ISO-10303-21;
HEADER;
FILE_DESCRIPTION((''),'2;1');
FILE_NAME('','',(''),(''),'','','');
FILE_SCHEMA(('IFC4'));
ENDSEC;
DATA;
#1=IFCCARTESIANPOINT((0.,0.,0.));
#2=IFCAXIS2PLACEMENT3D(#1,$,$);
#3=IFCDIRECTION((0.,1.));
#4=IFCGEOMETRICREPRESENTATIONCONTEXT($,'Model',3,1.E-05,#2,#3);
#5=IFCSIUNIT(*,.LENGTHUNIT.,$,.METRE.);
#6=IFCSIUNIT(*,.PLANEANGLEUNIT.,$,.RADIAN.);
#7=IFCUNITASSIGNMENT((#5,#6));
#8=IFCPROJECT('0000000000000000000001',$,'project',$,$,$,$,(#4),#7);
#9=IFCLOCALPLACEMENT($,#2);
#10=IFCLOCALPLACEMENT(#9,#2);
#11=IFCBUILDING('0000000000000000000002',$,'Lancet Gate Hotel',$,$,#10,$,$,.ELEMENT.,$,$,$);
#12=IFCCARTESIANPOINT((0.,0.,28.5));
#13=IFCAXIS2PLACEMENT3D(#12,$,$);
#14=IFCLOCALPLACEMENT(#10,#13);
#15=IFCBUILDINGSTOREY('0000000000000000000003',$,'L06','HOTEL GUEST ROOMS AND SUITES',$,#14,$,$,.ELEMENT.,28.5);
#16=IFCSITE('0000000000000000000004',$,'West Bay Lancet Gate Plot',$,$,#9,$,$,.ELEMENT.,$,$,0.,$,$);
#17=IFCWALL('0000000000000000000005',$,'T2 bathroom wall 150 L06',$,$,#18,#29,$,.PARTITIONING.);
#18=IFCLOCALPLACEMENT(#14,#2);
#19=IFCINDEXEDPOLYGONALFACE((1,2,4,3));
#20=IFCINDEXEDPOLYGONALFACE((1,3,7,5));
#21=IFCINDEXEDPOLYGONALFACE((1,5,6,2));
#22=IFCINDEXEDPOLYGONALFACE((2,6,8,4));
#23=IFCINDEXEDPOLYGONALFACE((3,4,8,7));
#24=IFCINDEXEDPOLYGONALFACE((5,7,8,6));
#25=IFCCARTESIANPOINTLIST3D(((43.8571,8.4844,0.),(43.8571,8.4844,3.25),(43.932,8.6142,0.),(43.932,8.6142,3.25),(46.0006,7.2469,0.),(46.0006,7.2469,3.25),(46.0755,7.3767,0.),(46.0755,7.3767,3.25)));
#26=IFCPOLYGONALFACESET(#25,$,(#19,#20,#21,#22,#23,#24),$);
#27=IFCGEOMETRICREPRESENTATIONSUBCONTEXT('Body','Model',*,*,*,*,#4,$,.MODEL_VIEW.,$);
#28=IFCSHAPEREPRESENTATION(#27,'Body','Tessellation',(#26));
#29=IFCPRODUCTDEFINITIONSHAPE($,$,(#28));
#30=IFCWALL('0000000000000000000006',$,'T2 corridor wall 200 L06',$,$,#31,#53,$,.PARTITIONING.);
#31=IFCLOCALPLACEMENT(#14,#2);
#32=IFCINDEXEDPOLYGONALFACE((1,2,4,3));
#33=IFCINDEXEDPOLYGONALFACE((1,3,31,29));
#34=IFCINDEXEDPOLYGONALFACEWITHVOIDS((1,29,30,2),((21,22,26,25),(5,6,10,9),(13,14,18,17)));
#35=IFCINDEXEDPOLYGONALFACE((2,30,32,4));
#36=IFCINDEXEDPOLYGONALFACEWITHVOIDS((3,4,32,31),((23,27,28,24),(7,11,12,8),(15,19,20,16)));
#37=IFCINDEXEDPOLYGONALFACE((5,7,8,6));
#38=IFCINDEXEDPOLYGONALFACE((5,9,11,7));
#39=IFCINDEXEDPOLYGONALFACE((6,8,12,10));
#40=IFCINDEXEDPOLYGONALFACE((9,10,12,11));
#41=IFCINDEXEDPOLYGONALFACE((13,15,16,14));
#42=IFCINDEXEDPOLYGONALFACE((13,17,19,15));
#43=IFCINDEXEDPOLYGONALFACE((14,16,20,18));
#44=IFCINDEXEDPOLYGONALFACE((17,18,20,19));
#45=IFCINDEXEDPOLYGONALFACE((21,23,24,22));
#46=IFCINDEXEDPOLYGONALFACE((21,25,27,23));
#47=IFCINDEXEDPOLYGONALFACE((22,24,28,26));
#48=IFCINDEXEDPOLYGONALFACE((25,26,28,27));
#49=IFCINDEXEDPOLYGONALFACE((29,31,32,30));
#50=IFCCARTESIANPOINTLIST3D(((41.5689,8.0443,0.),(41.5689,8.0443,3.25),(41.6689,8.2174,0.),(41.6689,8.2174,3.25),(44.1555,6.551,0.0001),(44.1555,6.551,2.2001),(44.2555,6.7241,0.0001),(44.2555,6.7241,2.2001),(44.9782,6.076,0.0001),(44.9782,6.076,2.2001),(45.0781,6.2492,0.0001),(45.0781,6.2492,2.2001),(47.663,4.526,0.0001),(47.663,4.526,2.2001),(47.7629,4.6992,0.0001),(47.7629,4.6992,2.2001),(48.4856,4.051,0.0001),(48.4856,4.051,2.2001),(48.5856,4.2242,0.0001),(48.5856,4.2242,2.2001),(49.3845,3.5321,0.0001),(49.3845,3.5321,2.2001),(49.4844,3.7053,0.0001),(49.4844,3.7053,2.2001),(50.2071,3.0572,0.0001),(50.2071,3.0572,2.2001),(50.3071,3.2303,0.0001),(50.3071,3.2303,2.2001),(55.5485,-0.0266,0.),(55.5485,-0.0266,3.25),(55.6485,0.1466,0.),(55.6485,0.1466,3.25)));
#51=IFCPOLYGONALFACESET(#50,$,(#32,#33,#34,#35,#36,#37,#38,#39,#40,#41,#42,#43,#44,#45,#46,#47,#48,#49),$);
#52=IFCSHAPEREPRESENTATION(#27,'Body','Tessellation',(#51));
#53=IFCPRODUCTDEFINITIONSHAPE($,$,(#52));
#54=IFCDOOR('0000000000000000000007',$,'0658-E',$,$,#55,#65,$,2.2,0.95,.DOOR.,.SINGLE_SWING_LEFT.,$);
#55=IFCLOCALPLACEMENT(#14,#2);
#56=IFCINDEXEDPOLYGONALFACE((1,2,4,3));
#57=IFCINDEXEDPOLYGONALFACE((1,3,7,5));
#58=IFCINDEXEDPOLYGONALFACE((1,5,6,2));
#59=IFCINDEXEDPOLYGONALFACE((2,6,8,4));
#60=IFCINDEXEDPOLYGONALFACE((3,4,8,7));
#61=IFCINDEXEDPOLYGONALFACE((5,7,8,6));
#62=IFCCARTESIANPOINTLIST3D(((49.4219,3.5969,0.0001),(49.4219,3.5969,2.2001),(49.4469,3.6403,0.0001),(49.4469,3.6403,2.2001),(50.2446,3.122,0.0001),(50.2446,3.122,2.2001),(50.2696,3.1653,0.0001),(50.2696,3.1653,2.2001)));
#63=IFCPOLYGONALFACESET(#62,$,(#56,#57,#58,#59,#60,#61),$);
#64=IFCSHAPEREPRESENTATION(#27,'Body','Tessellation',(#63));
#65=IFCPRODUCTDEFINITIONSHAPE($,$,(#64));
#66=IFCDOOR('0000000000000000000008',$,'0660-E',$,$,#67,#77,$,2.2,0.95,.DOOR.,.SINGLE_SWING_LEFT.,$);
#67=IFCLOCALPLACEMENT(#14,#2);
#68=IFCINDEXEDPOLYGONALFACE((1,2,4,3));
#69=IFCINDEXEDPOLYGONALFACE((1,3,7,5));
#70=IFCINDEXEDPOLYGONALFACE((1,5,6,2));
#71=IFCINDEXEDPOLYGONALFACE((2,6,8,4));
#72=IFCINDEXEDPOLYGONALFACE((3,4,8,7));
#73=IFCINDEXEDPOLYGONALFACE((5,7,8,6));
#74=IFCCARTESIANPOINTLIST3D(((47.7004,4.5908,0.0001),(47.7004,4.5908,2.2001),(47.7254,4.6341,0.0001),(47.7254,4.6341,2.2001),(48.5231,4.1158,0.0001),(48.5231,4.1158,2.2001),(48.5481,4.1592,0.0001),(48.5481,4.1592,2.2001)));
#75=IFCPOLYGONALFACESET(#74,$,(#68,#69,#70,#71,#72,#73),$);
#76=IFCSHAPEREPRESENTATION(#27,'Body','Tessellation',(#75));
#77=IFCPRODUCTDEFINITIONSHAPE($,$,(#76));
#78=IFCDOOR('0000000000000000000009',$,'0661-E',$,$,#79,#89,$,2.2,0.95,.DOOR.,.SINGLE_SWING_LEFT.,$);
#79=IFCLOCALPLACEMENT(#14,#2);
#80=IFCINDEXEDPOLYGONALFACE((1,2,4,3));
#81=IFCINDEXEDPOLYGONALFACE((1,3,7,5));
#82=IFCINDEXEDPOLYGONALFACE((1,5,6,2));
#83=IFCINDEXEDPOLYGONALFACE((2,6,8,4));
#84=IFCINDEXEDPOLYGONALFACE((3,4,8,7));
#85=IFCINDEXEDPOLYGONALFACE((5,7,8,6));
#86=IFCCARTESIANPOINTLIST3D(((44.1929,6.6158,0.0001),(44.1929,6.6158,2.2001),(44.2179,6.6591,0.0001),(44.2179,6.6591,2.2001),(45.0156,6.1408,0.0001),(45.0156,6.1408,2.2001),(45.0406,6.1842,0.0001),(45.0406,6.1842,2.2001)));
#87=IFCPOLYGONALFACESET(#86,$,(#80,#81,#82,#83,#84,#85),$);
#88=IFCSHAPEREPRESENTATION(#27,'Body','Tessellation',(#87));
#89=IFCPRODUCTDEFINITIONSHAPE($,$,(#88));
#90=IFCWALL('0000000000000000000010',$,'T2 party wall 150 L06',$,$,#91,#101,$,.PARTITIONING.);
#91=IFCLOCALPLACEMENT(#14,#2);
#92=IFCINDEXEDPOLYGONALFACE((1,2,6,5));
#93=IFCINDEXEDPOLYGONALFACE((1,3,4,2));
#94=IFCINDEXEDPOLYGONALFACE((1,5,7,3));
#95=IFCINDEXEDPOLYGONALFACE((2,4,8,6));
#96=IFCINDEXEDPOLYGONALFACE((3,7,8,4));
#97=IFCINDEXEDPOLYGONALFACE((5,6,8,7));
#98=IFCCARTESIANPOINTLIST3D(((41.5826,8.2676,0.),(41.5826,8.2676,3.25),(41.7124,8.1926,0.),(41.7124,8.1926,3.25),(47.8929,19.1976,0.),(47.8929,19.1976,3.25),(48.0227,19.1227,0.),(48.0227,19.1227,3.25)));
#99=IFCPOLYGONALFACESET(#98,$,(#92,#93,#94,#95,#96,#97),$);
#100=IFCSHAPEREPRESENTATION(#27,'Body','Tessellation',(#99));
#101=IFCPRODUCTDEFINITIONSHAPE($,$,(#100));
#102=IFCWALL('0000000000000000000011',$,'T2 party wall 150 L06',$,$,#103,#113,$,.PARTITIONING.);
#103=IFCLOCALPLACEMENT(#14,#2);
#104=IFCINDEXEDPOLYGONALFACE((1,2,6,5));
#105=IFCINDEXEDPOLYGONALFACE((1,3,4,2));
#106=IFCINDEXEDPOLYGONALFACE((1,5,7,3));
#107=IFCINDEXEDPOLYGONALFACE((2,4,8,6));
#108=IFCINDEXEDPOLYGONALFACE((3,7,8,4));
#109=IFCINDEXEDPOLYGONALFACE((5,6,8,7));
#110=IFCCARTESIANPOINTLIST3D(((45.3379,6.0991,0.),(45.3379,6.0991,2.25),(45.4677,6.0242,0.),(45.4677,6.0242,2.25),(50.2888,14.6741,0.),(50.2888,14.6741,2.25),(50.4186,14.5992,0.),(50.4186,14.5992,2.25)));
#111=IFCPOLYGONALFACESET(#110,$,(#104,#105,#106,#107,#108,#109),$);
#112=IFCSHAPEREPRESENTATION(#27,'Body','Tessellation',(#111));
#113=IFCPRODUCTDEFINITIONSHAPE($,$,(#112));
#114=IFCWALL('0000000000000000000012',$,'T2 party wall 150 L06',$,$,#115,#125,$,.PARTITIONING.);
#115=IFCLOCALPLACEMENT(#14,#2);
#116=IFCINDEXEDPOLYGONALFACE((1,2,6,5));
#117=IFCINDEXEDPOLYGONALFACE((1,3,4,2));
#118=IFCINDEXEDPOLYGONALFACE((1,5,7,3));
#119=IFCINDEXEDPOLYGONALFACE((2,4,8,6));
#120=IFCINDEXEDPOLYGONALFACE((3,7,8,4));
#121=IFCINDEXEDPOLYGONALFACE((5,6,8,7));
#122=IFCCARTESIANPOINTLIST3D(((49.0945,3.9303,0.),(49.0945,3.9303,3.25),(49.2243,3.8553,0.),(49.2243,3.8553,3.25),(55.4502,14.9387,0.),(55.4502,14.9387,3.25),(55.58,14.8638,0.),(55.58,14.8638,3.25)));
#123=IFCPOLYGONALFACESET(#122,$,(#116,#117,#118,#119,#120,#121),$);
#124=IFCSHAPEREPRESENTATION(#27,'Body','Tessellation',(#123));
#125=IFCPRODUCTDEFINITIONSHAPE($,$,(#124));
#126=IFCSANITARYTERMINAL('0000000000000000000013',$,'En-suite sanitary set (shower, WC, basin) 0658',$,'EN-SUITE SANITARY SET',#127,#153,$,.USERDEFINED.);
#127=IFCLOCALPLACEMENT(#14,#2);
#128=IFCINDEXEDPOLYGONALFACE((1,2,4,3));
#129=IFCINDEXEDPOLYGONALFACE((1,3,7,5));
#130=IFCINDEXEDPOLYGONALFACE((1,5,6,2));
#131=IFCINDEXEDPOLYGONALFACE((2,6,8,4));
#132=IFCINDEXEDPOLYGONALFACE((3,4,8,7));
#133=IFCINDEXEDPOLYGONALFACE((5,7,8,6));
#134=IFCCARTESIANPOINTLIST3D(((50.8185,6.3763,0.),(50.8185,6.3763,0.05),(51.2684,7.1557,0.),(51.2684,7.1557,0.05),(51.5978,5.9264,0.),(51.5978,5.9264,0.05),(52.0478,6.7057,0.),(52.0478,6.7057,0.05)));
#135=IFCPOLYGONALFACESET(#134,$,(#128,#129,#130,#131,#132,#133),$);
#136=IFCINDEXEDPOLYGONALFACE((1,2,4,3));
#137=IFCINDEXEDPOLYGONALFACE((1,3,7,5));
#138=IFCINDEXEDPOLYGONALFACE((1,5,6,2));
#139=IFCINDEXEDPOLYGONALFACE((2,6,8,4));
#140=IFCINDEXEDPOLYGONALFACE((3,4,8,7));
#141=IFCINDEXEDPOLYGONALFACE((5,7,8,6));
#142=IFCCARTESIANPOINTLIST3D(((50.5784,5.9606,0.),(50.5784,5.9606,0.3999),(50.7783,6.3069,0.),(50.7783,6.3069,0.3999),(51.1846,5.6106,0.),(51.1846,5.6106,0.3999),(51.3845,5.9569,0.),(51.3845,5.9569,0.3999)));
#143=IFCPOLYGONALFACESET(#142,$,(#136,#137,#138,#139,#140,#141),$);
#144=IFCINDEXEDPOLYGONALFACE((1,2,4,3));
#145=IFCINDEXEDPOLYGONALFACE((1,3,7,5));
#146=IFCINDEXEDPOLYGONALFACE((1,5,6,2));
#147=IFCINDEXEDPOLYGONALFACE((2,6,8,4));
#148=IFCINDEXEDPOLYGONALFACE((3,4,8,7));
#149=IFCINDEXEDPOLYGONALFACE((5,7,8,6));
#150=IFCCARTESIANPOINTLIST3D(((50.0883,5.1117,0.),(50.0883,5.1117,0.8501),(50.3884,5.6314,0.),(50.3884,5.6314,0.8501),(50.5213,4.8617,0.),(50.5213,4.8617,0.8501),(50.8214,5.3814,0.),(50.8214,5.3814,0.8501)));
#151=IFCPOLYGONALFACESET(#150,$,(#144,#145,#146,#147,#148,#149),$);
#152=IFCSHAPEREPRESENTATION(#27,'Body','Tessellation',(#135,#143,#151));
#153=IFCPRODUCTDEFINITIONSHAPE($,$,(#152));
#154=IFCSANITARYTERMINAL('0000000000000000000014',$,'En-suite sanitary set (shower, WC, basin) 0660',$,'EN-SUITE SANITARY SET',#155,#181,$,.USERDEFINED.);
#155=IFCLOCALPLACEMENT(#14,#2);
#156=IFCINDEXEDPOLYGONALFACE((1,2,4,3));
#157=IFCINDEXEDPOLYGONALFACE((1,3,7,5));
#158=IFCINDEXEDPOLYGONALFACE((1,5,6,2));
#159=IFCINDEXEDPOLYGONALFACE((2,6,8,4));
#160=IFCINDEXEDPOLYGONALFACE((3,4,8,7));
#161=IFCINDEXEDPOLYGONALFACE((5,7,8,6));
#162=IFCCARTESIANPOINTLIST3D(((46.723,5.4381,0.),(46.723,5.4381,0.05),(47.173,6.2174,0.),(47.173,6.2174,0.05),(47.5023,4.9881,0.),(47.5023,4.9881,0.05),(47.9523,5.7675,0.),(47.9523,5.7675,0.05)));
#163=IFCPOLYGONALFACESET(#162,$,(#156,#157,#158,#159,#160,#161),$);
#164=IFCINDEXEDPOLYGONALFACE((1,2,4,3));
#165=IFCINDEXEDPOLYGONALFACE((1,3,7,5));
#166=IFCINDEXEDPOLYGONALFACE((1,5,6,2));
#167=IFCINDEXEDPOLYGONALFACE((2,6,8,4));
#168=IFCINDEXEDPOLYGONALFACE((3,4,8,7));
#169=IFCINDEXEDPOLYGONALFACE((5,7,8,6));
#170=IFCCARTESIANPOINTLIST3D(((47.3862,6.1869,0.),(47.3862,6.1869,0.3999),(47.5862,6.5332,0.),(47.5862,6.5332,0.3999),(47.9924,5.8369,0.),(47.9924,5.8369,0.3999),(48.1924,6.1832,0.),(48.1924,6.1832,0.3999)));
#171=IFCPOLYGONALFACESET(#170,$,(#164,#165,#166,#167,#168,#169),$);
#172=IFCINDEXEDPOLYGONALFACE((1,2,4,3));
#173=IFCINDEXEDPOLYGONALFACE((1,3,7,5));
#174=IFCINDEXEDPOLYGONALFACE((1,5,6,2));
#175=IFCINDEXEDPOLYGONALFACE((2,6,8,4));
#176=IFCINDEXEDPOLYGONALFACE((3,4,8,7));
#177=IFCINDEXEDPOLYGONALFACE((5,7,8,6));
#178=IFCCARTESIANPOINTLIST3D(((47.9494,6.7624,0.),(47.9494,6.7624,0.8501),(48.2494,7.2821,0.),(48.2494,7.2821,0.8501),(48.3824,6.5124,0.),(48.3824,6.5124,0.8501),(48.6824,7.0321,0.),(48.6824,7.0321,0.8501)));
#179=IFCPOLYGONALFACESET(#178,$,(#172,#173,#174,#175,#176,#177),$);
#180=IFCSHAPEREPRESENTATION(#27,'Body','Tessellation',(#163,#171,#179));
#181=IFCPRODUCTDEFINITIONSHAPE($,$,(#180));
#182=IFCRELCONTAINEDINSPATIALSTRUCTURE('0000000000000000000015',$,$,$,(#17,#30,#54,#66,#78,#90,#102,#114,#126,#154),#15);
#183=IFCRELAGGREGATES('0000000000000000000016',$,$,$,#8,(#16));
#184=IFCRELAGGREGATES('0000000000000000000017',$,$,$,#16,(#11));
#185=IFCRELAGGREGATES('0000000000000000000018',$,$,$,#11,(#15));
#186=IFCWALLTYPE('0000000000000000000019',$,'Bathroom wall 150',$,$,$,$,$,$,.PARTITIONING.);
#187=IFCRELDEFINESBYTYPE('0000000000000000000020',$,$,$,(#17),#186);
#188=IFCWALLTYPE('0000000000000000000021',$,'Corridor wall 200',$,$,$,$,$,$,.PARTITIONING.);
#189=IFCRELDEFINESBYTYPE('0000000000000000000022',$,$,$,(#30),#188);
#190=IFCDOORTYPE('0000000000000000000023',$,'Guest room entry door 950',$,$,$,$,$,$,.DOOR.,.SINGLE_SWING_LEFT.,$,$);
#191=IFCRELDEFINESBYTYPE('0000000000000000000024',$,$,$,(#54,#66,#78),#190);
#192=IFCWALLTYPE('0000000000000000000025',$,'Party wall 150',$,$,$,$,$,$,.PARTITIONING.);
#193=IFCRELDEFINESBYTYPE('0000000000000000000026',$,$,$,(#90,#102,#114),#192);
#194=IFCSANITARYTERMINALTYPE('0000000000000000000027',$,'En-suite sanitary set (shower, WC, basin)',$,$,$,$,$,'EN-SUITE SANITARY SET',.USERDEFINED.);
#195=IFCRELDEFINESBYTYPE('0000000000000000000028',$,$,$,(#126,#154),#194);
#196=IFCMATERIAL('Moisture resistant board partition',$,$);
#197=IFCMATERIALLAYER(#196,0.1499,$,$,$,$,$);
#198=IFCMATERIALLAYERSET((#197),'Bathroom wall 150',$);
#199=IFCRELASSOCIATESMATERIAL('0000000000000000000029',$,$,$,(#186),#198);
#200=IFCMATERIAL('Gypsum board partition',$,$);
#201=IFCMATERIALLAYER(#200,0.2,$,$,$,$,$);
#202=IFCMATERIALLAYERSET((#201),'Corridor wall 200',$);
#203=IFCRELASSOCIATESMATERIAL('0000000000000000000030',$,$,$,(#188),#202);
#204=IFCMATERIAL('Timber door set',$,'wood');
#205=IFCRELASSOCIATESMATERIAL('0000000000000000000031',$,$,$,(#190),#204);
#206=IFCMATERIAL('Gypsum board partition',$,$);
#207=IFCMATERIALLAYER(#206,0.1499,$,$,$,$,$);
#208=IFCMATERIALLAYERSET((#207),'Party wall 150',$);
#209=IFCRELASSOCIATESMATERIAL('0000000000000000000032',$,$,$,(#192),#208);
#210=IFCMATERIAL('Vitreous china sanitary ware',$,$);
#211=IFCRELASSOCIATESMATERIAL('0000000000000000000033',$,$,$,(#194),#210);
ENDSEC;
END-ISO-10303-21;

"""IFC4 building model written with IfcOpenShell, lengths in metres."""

from ifc_helpers import new_model, si_unit, direction, frame, frame_2d, origin, origin_2d, place, context, subcontext, project, spatial, rectangle, extrude, material, layer, layer_set, type_object, element, fill, save


model = new_model("IFC4")

# Units and contexts
model_context = context("Model", 3, precision=1e-05, world=origin(), true_north=direction((0.0, 1.0)))
body_context = subcontext(model_context, "Body", "Model", "MODEL_VIEW")
ifc_project = project(units=[si_unit("LENGTHUNIT", "METRE"), si_unit("PLANEANGLEUNIT", "RADIAN")], contexts=[model_context])

# Site, building, storey
site_placement = place(None, origin())
site = spatial("IfcSite", under=ifc_project, at=site_placement, Name="West Bay Lancet Gate Plot", CompositionType="ELEMENT", RefElevation=0.0)
building_placement = place(site_placement, origin())
building = spatial("IfcBuilding", under=site, at=building_placement, Name="Lancet Gate Hotel", CompositionType="ELEMENT")
storey_placement = place(building_placement, frame((0.0, 0.0, 28.5)))
storey = spatial("IfcBuildingStorey", under=building, at=storey_placement, Name="L06", Description="HOTEL GUEST ROOMS AND SUITES", CompositionType="ELEMENT", Elevation=28.5)

# Shared definitions
ifc_material_1 = material(Name="Moisture resistant board partition")
ifc_layer_1 = layer(ifc_material_1, 0.1499)
ifc_layer_set_1 = layer_set([ifc_layer_1], Name="Bathroom wall 150")
wall_type_1 = type_object("IfcWallType", Name="Bathroom wall 150", PredefinedType="PARTITIONING", material=ifc_layer_set_1)

# Wall
wall_1_placement = place(storey_placement, frame((43.8945, 8.5493, 0.0), z_axis=(0.0, 0.0, 1.0), x_axis=(0.866031, -0.49999, 0.0)))
element("IfcWall", 1, at=wall_1_placement, inside=storey, type_object=wall_type_1, Name="T2 bathroom wall 150 L06", PredefinedType="PARTITIONING", context=body_context, shape_type="SweptSolid", body=[
    extrude(rectangle(XDim=2.4751, YDim=0.1499, at=frame_2d((1.2375, 0.0))), origin(), (0.0, 0.0, 1.0), 3.25),
])

# Wall, openings, doors
ifc_material_2 = material(Name="Gypsum board partition")
ifc_layer_2 = layer(ifc_material_2, 0.2)
ifc_layer_set_2 = layer_set([ifc_layer_2], Name="Corridor wall 200")
wall_type_2 = type_object("IfcWallType", Name="Corridor wall 200", PredefinedType="PARTITIONING", material=ifc_layer_set_2)
wall_2_placement = place(storey_placement, frame((41.6189, 8.1309, 0.0), z_axis=(0.0, 0.0, 1.0), x_axis=(0.866032, -0.499988, 0.0)))
wall_2 = element("IfcWall", 2, at=wall_2_placement, inside=storey, type_object=wall_type_2, Name="T2 corridor wall 200 L06", PredefinedType="PARTITIONING", context=body_context, shape_type="SweptSolid", body=[
    extrude(rectangle(XDim=16.1421, YDim=0.2, at=frame_2d((8.071, 0.0))), origin(), (0.0, 0.0, 1.0), 3.25),
])
opening_1_placement = place(wall_2_placement, frame((9.0244, 0.0, 0.0)))
opening_1 = element("IfcOpeningElement", 3, at=opening_1_placement, cuts=wall_2, PredefinedType="OPENING", context=body_context, shape_type="SweptSolid", body=[
    extrude(rectangle(XDim=0.95, YDim=2.2, at=frame_2d((0.4751, 1.1001))), frame((0.0, 0.1099, 0.0), z_axis=(0.0, -1.0, 0.0), x_axis=(1.0, 0.0, 0.0)), (0.0, 0.0, 1.0), 0.22),
])
opening_2_placement = place(wall_2_placement, frame((7.0366, 0.0, 0.0)))
opening_2 = element("IfcOpeningElement", 4, at=opening_2_placement, cuts=wall_2, PredefinedType="OPENING", context=body_context, shape_type="SweptSolid", body=[
    extrude(rectangle(XDim=0.95, YDim=2.2, at=frame_2d((0.4751, 1.1001))), frame((0.0, 0.1099, 0.0), z_axis=(0.0, -1.0, 0.0), x_axis=(1.0, 0.0, 0.0)), (0.0, 0.0, 1.0), 0.22),
])
opening_3_placement = place(wall_2_placement, frame((2.9866, 0.0, 0.0)))
opening_3 = element("IfcOpeningElement", 5, at=opening_3_placement, cuts=wall_2, PredefinedType="OPENING", context=body_context, shape_type="SweptSolid", body=[
    extrude(rectangle(XDim=0.95, YDim=2.2, at=frame_2d((0.4751, 1.1001))), frame((0.0, 0.1099, 0.0), z_axis=(0.0, -1.0, 0.0), x_axis=(1.0, 0.0, 0.0)), (0.0, 0.0, 1.0), 0.22),
])
ifc_material_3 = material(Name="Timber door set", Category="wood")
door_type_1 = type_object("IfcDoorType", Name="Guest room entry door 950", OperationType="SINGLE_SWING_LEFT", PredefinedType="DOOR", material=ifc_material_3)
door_1_placement = place(opening_1_placement, origin())
door_1 = element("IfcDoor", 6, at=door_1_placement, inside=storey, type_object=door_type_1, Name="0658-E", OperationType="SINGLE_SWING_LEFT", OverallHeight=2.2, OverallWidth=0.95, PredefinedType="DOOR", context=body_context, shape_type="SweptSolid", body=[
    extrude(rectangle(XDim=0.95, YDim=2.2, at=frame_2d((0.4751, 1.1001))), frame((0.0, 0.0249, 0.0), z_axis=(0.0, -1.0, 0.0), x_axis=(1.0, 0.0, 0.0)), (0.0, 0.0, 1.0), 0.05),
])
fill(opening_1, door_1)
door_2_placement = place(opening_2_placement, origin())
door_2 = element("IfcDoor", 7, at=door_2_placement, inside=storey, type_object=door_type_1, Name="0660-E", OperationType="SINGLE_SWING_LEFT", OverallHeight=2.2, OverallWidth=0.95, PredefinedType="DOOR", context=body_context, shape_type="SweptSolid", body=[
    extrude(rectangle(XDim=0.95, YDim=2.2, at=frame_2d((0.4751, 1.1001))), frame((0.0, 0.0249, 0.0), z_axis=(0.0, -1.0, 0.0), x_axis=(1.0, 0.0, 0.0)), (0.0, 0.0, 1.0), 0.05),
])
fill(opening_2, door_2)
door_3_placement = place(opening_3_placement, origin())
door_3 = element("IfcDoor", 8, at=door_3_placement, inside=storey, type_object=door_type_1, Name="0661-E", OperationType="SINGLE_SWING_LEFT", OverallHeight=2.2, OverallWidth=0.95, PredefinedType="DOOR", context=body_context, shape_type="SweptSolid", body=[
    extrude(rectangle(XDim=0.95, YDim=2.2, at=frame_2d((0.4751, 1.1001))), frame((0.0, 0.0249, 0.0), z_axis=(0.0, -1.0, 0.0), x_axis=(1.0, 0.0, 0.0)), (0.0, 0.0, 1.0), 0.05),
])
fill(opening_3, door_3)

# Walls
ifc_material_4 = material(Name="Gypsum board partition")
ifc_layer_3 = layer(ifc_material_4, 0.1499)
ifc_layer_set_3 = layer_set([ifc_layer_3], Name="Party wall 150")
wall_type_3 = type_object("IfcWallType", Name="Party wall 150", PredefinedType="PARTITIONING", material=ifc_layer_set_3)
wall_3_placement = place(storey_placement, frame((41.6475, 8.23, 0.0), z_axis=(0.0, 0.0, 1.0), x_axis=(0.499986, 0.866034, 0.0)))
element("IfcWall", 9, at=wall_3_placement, inside=storey, type_object=wall_type_3, Name="T2 party wall 150 L06", PredefinedType="PARTITIONING", context=body_context, shape_type="SweptSolid", body=[
    extrude(rectangle(XDim=12.6208, YDim=0.1499, at=frame_2d((6.3105, 0.0))), origin(), (0.0, 0.0, 1.0), 3.25),
])
wall_4_placement = place(storey_placement, frame((45.4028, 6.0618, 0.0), z_axis=(0.0, 0.0, 1.0), x_axis=(0.500013, 0.866018, 0.0)))
element("IfcWall", 10, at=wall_4_placement, inside=storey, type_object=wall_type_3, Name="T2 party wall 150 L06", PredefinedType="PARTITIONING", context=body_context, shape_type="SweptSolid", body=[
    extrude(rectangle(XDim=9.9016, YDim=0.1499, at=frame_2d((4.9507, 0.0))), origin(), (0.0, 0.0, 1.0), 2.25),
])
wall_5_placement = place(storey_placement, frame((49.1594, 3.8928, 0.0), z_axis=(0.0, 0.0, 1.0), x_axis=(0.499996, 0.866028, 0.0)))
element("IfcWall", 11, at=wall_5_placement, inside=storey, type_object=wall_type_3, Name="T2 party wall 150 L06", PredefinedType="PARTITIONING", context=body_context, shape_type="SweptSolid", body=[
    extrude(rectangle(XDim=12.7114, YDim=0.1499, at=frame_2d((6.3557, 0.0))), origin(), (0.0, 0.0, 1.0), 3.25),
])

# Sanitary terminals
ifc_material_5 = material(Name="Vitreous china sanitary ware")
sanitary_terminal_type = type_object("IfcSanitaryTerminalType", Name="En-suite sanitary set (shower, WC, basin)", ElementType="EN-SUITE SANITARY SET", PredefinedType="USERDEFINED", material=ifc_material_5)
sanitary_terminal_1_placement = place(storey_placement, frame((51.4331, 6.541, 0.0), z_axis=(0.0, 0.0, 1.0), x_axis=(1.0, 0.0, 0.0)))
element("IfcSanitaryTerminal", 12, at=sanitary_terminal_1_placement, inside=storey, type_object=sanitary_terminal_type, Name="En-suite sanitary set (shower, WC, basin) 0658", ObjectType="EN-SUITE SANITARY SET", PredefinedType="USERDEFINED", context=body_context, shape_type="SweptSolid", body=[
    extrude(rectangle(XDim=0.8999, YDim=0.8999, at=origin_2d()), frame((0.0, 0.0, 0.0), z_axis=(0.0, 0.0, 1.0), x_axis=(0.5, 0.866025, 0.0)), (0.0, 0.0, 1.0), 0.05),
    extrude(rectangle(XDim=0.3999, YDim=0.7, at=origin_2d()), frame((-0.4517, -0.5823, 0.0), z_axis=(0.0, 0.0, 1.0), x_axis=(0.5, 0.866025, 0.0)), (0.0, 0.0, 1.0), 0.3999),
    extrude(rectangle(XDim=0.6001, YDim=0.5, at=origin_2d()), frame((-0.9783, -1.2944, 0.0), z_axis=(0.0, 0.0, 1.0), x_axis=(0.5, 0.866025, 0.0)), (0.0, 0.0, 1.0), 0.8501),
])
sanitary_terminal_2_placement = place(storey_placement, frame((47.3376, 5.6028, 0.0), z_axis=(0.0, 0.0, 1.0), x_axis=(1.0, 0.0, 0.0)))
element("IfcSanitaryTerminal", 13, at=sanitary_terminal_2_placement, inside=storey, type_object=sanitary_terminal_type, Name="En-suite sanitary set (shower, WC, basin) 0660", ObjectType="EN-SUITE SANITARY SET", PredefinedType="USERDEFINED", context=body_context, shape_type="SweptSolid", body=[
    extrude(rectangle(XDim=0.8999, YDim=0.8999, at=origin_2d()), frame((0.0, 0.0, 0.0), z_axis=(0.0, 0.0, 1.0), x_axis=(-0.5, -0.866025, 0.0)), (0.0, 0.0, 1.0), 0.05),
    extrude(rectangle(XDim=0.3999, YDim=0.7, at=origin_2d()), frame((0.4517, 0.5823, 0.0), z_axis=(0.0, 0.0, 1.0), x_axis=(-0.5, -0.866025, 0.0)), (0.0, 0.0, 1.0), 0.3999),
    extrude(rectangle(XDim=0.6001, YDim=0.5, at=origin_2d()), frame((0.9783, 1.2944, 0.0), z_axis=(0.0, 0.0, 1.0), x_axis=(-0.5, -0.866025, 0.0)), (0.0, 0.0, 1.0), 0.8501),
])

save(model, "model.ifc")
